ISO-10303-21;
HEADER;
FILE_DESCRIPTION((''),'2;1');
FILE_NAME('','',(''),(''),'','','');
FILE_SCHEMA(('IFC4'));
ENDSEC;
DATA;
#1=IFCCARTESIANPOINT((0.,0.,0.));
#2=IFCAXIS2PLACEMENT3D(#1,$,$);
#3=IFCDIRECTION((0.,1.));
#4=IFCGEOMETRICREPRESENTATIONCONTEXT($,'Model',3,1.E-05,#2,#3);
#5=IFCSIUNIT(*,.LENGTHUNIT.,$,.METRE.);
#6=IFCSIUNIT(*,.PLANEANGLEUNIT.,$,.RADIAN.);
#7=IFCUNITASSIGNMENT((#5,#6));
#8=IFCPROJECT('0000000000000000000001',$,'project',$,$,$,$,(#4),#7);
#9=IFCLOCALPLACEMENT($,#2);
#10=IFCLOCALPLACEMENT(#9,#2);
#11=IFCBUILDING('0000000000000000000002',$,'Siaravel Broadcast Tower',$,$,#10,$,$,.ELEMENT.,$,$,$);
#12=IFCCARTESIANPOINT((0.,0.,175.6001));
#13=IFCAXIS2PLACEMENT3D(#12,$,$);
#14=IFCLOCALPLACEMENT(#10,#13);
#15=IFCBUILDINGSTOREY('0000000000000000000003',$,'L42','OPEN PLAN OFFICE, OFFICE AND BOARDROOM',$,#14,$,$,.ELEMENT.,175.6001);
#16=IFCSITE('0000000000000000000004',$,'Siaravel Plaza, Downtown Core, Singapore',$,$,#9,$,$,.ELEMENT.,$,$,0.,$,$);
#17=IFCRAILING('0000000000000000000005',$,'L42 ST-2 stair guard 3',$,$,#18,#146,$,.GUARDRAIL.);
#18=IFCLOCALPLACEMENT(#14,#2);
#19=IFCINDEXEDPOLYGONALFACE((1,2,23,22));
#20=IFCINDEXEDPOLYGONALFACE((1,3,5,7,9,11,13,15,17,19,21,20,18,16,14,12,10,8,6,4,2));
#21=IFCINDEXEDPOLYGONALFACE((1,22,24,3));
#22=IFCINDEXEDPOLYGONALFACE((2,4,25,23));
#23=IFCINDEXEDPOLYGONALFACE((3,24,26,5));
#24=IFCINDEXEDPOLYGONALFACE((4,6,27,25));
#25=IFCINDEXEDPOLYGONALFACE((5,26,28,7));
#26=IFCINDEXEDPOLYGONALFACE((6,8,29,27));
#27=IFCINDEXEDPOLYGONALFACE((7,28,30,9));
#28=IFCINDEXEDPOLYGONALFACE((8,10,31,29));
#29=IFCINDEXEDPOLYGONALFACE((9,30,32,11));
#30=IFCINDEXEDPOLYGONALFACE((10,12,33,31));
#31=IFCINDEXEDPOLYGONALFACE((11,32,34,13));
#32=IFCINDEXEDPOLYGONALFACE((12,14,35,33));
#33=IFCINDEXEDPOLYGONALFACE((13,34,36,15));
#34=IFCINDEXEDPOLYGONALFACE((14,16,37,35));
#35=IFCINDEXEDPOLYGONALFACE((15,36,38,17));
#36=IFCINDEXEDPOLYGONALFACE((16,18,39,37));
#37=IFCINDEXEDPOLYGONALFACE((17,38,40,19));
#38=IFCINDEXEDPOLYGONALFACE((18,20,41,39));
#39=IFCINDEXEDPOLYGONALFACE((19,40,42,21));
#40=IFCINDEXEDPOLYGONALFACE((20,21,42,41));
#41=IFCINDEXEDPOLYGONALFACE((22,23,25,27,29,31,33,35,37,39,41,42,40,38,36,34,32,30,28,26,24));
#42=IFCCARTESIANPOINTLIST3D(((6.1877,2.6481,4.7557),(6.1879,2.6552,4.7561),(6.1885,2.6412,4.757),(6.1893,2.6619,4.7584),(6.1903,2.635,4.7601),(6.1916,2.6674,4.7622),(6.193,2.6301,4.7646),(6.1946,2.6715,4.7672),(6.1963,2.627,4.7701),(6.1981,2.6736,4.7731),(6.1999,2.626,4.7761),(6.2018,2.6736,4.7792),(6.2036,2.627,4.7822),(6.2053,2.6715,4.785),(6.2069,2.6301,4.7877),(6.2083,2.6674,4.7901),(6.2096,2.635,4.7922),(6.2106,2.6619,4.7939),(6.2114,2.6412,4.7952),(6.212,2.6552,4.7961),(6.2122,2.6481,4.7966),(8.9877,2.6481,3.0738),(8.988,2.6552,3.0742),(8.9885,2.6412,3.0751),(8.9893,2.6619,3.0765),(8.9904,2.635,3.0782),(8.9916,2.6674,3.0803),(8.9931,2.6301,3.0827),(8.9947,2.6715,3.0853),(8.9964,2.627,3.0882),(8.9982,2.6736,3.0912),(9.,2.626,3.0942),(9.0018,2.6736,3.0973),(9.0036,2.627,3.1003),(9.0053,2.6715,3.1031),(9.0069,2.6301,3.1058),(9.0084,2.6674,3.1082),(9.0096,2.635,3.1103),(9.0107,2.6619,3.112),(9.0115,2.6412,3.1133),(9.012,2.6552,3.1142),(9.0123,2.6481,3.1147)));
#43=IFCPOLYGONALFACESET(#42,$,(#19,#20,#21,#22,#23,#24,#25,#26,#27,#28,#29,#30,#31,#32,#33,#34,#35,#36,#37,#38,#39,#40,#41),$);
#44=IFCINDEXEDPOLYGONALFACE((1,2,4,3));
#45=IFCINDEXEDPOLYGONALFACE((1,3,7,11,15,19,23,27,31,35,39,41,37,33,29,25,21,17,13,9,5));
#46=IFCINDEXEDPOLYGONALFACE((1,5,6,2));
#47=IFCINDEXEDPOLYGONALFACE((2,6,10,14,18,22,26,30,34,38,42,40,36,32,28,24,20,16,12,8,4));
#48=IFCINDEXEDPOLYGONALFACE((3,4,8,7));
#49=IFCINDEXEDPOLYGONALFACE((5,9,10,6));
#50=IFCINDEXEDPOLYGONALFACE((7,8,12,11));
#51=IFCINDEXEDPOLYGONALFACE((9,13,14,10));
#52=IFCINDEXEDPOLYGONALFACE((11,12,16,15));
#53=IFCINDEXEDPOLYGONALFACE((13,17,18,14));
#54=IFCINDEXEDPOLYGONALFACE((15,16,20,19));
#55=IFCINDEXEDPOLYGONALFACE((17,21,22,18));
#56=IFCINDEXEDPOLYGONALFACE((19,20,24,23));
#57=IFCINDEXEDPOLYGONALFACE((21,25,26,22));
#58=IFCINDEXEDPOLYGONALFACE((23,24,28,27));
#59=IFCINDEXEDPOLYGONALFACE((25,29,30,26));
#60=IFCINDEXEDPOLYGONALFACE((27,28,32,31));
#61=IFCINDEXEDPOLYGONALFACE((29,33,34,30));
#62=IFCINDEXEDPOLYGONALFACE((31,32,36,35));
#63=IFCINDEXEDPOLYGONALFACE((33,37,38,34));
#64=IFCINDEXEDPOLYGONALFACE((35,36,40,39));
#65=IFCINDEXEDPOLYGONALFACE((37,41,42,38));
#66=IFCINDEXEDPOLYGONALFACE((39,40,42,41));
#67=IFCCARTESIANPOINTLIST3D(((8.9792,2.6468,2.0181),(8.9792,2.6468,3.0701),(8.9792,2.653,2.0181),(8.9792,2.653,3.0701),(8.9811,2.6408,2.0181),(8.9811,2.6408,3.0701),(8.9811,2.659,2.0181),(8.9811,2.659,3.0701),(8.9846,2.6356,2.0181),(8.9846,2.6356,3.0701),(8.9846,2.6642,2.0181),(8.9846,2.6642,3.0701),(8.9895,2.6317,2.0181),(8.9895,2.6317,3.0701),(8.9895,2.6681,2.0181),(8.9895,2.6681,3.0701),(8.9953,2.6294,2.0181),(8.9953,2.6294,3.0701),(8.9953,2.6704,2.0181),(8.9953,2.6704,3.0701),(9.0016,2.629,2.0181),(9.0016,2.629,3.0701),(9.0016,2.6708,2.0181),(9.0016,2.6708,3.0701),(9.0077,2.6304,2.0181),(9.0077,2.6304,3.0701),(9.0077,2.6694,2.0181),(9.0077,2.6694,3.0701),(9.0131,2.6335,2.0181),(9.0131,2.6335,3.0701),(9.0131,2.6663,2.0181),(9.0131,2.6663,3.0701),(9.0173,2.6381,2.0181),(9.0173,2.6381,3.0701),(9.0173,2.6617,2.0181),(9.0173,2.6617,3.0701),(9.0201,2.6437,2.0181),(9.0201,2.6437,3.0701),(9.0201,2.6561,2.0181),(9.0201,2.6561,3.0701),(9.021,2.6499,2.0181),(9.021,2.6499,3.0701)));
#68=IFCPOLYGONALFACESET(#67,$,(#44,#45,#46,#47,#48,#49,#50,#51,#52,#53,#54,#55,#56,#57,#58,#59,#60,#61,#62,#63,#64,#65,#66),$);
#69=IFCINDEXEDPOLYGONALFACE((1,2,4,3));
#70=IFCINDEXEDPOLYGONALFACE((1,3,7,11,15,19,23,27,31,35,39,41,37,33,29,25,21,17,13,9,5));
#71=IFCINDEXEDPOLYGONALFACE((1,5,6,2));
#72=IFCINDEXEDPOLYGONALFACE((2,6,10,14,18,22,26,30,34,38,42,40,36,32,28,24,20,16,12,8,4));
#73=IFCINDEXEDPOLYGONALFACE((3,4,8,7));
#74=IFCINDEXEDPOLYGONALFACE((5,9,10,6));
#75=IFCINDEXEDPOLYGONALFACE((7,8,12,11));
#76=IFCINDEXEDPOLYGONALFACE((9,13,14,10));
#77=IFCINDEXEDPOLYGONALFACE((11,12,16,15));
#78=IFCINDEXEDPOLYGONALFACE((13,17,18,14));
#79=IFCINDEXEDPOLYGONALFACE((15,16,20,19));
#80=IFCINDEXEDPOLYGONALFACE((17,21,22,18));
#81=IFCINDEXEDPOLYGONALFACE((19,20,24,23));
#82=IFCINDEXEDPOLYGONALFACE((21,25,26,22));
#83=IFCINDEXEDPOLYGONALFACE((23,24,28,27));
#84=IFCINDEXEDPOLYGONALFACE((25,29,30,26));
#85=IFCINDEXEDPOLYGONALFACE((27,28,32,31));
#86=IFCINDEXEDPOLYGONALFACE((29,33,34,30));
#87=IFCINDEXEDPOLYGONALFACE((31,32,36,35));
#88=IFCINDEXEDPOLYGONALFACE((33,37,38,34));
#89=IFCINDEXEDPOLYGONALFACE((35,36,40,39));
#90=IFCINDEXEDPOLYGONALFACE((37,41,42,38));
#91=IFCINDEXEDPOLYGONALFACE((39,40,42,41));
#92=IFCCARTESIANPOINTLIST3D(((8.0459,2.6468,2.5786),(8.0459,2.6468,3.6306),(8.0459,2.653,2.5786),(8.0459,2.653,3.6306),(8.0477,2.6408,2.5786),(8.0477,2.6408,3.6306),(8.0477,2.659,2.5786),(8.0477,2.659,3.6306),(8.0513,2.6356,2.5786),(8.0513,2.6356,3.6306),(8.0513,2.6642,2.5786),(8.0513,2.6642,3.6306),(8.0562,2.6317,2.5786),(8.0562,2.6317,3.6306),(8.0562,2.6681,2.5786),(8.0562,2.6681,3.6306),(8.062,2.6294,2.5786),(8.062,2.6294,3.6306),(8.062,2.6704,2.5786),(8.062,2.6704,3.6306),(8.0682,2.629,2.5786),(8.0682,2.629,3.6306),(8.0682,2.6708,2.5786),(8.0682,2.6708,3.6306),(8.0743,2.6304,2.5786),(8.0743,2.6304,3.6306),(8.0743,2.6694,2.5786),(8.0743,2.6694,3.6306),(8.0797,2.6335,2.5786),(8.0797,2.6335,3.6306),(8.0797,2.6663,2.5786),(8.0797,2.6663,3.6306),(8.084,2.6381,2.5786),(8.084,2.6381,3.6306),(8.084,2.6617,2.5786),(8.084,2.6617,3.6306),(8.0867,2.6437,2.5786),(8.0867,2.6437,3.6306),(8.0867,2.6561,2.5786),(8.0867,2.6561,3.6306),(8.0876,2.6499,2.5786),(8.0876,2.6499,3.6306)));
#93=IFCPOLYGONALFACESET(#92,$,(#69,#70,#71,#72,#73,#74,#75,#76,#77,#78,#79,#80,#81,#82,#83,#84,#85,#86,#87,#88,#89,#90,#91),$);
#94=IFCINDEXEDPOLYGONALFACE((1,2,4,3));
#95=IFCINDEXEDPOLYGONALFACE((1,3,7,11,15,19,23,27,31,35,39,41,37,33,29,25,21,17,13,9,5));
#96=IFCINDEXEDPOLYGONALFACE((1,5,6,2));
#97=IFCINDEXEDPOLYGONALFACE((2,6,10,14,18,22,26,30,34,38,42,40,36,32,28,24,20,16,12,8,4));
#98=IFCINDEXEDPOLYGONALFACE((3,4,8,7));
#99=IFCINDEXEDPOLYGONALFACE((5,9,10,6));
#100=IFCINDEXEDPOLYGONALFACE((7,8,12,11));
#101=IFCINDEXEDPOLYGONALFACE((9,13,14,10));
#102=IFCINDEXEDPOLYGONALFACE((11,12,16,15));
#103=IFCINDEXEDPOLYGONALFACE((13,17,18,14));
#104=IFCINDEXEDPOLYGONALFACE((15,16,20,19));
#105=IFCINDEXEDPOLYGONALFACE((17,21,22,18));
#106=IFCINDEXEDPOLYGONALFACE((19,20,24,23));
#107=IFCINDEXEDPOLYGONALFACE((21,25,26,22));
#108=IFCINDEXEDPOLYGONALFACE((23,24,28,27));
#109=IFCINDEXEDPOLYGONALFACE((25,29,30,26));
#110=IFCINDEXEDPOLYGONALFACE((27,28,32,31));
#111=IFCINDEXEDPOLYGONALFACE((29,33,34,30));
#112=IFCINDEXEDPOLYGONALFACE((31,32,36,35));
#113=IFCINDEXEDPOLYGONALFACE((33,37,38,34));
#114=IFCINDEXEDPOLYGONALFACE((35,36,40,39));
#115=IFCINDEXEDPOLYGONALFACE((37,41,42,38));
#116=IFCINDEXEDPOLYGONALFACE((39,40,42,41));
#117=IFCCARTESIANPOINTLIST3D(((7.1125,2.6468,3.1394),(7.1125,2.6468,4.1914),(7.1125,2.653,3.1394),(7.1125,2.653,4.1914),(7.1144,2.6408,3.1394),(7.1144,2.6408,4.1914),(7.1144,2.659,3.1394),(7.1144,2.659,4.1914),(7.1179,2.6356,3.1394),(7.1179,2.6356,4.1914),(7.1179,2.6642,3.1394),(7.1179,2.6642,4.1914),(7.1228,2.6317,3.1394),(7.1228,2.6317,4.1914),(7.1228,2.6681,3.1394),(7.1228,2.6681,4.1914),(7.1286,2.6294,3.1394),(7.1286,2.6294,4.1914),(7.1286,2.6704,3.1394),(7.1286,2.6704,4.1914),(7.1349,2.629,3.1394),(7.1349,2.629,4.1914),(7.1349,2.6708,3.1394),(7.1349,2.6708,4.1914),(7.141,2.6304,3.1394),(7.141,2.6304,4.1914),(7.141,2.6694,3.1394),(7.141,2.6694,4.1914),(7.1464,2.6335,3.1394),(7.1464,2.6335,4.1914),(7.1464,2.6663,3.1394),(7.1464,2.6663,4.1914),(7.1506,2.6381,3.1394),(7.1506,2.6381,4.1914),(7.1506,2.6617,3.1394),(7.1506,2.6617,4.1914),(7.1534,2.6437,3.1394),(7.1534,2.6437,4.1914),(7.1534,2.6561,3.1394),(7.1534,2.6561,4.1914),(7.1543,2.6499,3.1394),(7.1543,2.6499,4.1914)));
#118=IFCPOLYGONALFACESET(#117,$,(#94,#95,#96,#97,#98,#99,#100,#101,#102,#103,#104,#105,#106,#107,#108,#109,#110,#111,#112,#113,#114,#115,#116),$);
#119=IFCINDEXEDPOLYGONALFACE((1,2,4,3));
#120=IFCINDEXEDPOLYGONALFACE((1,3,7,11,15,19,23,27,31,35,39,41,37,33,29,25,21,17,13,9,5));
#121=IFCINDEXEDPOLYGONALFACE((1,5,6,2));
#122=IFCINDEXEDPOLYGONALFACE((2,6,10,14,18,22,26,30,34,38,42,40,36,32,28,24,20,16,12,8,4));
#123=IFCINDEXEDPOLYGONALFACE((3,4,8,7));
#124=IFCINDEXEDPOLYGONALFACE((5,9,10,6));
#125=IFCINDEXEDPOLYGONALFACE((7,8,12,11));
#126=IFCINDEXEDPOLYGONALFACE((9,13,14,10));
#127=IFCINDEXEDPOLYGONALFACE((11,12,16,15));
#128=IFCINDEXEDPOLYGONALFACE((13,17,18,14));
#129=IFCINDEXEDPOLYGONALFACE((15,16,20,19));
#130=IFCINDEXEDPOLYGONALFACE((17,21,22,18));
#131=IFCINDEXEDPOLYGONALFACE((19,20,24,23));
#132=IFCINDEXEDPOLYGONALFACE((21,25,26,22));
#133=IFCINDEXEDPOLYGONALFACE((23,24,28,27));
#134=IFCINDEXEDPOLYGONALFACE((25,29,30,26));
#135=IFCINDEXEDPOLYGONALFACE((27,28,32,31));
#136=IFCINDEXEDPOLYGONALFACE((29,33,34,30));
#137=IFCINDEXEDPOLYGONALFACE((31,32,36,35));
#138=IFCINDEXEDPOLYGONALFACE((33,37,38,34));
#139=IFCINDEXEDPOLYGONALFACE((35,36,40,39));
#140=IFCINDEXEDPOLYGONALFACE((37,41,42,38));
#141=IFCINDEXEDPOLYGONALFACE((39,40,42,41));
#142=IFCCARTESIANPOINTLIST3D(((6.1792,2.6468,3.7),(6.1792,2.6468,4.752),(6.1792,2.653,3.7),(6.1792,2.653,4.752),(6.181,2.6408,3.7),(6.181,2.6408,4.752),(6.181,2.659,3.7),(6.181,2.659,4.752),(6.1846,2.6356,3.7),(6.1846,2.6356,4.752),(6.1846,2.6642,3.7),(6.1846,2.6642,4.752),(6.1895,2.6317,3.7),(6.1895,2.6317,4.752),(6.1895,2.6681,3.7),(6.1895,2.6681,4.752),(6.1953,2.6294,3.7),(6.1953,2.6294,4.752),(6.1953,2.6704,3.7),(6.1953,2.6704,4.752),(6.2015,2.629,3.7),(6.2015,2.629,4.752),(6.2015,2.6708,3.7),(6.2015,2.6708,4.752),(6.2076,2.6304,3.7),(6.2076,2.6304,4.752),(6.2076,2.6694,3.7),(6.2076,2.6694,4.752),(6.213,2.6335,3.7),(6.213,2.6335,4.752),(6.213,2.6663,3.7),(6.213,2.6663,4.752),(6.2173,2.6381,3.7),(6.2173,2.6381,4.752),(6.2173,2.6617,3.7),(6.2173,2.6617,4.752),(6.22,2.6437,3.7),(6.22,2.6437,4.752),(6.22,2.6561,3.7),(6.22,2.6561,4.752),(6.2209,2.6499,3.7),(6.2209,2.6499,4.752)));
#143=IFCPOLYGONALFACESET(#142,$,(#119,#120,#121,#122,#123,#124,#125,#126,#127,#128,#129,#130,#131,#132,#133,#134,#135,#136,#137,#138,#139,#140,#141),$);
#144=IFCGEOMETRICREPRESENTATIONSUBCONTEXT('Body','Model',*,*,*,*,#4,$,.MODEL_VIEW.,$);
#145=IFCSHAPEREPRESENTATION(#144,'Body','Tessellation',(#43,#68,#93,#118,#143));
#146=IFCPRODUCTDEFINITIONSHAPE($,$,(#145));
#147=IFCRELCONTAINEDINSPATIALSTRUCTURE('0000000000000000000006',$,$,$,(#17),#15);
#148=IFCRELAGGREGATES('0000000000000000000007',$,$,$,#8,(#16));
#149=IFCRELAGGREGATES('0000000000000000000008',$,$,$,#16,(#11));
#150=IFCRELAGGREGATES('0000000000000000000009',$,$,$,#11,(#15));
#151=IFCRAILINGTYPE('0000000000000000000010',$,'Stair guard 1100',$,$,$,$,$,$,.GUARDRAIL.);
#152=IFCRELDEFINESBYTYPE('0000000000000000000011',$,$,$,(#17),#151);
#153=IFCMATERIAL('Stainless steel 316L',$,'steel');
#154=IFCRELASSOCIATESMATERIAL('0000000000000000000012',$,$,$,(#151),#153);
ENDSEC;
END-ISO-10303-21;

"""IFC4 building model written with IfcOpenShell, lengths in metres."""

from ifc_helpers import new_model, si_unit, direction, frame, origin, origin_2d, place, context, subcontext, project, spatial, circle, extrude, material, type_object, element, save


model = new_model("IFC4")

# Units and contexts
model_context = context("Model", 3, precision=1e-05, world=origin(), true_north=direction((0.0, 1.0)))
body_context = subcontext(model_context, "Body", "Model", "MODEL_VIEW")
ifc_project = project(units=[si_unit("LENGTHUNIT", "METRE"), si_unit("PLANEANGLEUNIT", "RADIAN")], contexts=[model_context])

# Site, building, storey
site_placement = place(None, origin())
site = spatial("IfcSite", under=ifc_project, at=site_placement, Name="Siaravel Plaza, Downtown Core, Singapore", CompositionType="ELEMENT", RefElevation=0.0)
building_placement = place(site_placement, origin())
building = spatial("IfcBuilding", under=site, at=building_placement, Name="Siaravel Broadcast Tower", CompositionType="ELEMENT")
storey_placement = place(building_placement, frame((0.0, 0.0, 175.6001)))
storey = spatial("IfcBuildingStorey", under=building, at=storey_placement, Name="L42", Description="OPEN PLAN OFFICE, OFFICE AND BOARDROOM", CompositionType="ELEMENT", Elevation=175.6001)

# Railing
ifc_material_1 = material(Name="Stainless steel 316L", Category="steel")
railing_type_1 = type_object("IfcRailingType", Name="Stair guard 1100", PredefinedType="GUARDRAIL", material=ifc_material_1)
railing_1_placement = place(storey_placement, frame((9.0, 2.6499, 2.0181)))
element("IfcRailing", 1, at=railing_1_placement, inside=storey, type_object=railing_type_1, Name="L42 ST-2 stair guard 3", PredefinedType="GUARDRAIL", context=body_context, shape_type="SweptSolid", body=[
    extrude(circle(Radius=0.0239, at=origin_2d()), frame((0.0, 0.0, 1.0762), z_axis=(-0.857242, 0.0, 0.514913), x_axis=(0.0, -1.0, 0.0)), (0.0, 0.0, 1.0), 3.2664),
    extrude(circle(Radius=0.021, at=origin_2d()), origin(), (0.0, 0.0, 1.0), 1.052),
    extrude(circle(Radius=0.021, at=origin_2d()), frame((-0.9333, 0.0, 0.5605)), (0.0, 0.0, 1.0), 1.052),
    extrude(circle(Radius=0.021, at=origin_2d()), frame((-1.8667, 0.0, 1.1213)), (0.0, 0.0, 1.0), 1.052),
    extrude(circle(Radius=0.021, at=origin_2d()), frame((-2.8, 0.0, 1.6819)), (0.0, 0.0, 1.0), 1.052),
])

save(model, "model.ifc")
